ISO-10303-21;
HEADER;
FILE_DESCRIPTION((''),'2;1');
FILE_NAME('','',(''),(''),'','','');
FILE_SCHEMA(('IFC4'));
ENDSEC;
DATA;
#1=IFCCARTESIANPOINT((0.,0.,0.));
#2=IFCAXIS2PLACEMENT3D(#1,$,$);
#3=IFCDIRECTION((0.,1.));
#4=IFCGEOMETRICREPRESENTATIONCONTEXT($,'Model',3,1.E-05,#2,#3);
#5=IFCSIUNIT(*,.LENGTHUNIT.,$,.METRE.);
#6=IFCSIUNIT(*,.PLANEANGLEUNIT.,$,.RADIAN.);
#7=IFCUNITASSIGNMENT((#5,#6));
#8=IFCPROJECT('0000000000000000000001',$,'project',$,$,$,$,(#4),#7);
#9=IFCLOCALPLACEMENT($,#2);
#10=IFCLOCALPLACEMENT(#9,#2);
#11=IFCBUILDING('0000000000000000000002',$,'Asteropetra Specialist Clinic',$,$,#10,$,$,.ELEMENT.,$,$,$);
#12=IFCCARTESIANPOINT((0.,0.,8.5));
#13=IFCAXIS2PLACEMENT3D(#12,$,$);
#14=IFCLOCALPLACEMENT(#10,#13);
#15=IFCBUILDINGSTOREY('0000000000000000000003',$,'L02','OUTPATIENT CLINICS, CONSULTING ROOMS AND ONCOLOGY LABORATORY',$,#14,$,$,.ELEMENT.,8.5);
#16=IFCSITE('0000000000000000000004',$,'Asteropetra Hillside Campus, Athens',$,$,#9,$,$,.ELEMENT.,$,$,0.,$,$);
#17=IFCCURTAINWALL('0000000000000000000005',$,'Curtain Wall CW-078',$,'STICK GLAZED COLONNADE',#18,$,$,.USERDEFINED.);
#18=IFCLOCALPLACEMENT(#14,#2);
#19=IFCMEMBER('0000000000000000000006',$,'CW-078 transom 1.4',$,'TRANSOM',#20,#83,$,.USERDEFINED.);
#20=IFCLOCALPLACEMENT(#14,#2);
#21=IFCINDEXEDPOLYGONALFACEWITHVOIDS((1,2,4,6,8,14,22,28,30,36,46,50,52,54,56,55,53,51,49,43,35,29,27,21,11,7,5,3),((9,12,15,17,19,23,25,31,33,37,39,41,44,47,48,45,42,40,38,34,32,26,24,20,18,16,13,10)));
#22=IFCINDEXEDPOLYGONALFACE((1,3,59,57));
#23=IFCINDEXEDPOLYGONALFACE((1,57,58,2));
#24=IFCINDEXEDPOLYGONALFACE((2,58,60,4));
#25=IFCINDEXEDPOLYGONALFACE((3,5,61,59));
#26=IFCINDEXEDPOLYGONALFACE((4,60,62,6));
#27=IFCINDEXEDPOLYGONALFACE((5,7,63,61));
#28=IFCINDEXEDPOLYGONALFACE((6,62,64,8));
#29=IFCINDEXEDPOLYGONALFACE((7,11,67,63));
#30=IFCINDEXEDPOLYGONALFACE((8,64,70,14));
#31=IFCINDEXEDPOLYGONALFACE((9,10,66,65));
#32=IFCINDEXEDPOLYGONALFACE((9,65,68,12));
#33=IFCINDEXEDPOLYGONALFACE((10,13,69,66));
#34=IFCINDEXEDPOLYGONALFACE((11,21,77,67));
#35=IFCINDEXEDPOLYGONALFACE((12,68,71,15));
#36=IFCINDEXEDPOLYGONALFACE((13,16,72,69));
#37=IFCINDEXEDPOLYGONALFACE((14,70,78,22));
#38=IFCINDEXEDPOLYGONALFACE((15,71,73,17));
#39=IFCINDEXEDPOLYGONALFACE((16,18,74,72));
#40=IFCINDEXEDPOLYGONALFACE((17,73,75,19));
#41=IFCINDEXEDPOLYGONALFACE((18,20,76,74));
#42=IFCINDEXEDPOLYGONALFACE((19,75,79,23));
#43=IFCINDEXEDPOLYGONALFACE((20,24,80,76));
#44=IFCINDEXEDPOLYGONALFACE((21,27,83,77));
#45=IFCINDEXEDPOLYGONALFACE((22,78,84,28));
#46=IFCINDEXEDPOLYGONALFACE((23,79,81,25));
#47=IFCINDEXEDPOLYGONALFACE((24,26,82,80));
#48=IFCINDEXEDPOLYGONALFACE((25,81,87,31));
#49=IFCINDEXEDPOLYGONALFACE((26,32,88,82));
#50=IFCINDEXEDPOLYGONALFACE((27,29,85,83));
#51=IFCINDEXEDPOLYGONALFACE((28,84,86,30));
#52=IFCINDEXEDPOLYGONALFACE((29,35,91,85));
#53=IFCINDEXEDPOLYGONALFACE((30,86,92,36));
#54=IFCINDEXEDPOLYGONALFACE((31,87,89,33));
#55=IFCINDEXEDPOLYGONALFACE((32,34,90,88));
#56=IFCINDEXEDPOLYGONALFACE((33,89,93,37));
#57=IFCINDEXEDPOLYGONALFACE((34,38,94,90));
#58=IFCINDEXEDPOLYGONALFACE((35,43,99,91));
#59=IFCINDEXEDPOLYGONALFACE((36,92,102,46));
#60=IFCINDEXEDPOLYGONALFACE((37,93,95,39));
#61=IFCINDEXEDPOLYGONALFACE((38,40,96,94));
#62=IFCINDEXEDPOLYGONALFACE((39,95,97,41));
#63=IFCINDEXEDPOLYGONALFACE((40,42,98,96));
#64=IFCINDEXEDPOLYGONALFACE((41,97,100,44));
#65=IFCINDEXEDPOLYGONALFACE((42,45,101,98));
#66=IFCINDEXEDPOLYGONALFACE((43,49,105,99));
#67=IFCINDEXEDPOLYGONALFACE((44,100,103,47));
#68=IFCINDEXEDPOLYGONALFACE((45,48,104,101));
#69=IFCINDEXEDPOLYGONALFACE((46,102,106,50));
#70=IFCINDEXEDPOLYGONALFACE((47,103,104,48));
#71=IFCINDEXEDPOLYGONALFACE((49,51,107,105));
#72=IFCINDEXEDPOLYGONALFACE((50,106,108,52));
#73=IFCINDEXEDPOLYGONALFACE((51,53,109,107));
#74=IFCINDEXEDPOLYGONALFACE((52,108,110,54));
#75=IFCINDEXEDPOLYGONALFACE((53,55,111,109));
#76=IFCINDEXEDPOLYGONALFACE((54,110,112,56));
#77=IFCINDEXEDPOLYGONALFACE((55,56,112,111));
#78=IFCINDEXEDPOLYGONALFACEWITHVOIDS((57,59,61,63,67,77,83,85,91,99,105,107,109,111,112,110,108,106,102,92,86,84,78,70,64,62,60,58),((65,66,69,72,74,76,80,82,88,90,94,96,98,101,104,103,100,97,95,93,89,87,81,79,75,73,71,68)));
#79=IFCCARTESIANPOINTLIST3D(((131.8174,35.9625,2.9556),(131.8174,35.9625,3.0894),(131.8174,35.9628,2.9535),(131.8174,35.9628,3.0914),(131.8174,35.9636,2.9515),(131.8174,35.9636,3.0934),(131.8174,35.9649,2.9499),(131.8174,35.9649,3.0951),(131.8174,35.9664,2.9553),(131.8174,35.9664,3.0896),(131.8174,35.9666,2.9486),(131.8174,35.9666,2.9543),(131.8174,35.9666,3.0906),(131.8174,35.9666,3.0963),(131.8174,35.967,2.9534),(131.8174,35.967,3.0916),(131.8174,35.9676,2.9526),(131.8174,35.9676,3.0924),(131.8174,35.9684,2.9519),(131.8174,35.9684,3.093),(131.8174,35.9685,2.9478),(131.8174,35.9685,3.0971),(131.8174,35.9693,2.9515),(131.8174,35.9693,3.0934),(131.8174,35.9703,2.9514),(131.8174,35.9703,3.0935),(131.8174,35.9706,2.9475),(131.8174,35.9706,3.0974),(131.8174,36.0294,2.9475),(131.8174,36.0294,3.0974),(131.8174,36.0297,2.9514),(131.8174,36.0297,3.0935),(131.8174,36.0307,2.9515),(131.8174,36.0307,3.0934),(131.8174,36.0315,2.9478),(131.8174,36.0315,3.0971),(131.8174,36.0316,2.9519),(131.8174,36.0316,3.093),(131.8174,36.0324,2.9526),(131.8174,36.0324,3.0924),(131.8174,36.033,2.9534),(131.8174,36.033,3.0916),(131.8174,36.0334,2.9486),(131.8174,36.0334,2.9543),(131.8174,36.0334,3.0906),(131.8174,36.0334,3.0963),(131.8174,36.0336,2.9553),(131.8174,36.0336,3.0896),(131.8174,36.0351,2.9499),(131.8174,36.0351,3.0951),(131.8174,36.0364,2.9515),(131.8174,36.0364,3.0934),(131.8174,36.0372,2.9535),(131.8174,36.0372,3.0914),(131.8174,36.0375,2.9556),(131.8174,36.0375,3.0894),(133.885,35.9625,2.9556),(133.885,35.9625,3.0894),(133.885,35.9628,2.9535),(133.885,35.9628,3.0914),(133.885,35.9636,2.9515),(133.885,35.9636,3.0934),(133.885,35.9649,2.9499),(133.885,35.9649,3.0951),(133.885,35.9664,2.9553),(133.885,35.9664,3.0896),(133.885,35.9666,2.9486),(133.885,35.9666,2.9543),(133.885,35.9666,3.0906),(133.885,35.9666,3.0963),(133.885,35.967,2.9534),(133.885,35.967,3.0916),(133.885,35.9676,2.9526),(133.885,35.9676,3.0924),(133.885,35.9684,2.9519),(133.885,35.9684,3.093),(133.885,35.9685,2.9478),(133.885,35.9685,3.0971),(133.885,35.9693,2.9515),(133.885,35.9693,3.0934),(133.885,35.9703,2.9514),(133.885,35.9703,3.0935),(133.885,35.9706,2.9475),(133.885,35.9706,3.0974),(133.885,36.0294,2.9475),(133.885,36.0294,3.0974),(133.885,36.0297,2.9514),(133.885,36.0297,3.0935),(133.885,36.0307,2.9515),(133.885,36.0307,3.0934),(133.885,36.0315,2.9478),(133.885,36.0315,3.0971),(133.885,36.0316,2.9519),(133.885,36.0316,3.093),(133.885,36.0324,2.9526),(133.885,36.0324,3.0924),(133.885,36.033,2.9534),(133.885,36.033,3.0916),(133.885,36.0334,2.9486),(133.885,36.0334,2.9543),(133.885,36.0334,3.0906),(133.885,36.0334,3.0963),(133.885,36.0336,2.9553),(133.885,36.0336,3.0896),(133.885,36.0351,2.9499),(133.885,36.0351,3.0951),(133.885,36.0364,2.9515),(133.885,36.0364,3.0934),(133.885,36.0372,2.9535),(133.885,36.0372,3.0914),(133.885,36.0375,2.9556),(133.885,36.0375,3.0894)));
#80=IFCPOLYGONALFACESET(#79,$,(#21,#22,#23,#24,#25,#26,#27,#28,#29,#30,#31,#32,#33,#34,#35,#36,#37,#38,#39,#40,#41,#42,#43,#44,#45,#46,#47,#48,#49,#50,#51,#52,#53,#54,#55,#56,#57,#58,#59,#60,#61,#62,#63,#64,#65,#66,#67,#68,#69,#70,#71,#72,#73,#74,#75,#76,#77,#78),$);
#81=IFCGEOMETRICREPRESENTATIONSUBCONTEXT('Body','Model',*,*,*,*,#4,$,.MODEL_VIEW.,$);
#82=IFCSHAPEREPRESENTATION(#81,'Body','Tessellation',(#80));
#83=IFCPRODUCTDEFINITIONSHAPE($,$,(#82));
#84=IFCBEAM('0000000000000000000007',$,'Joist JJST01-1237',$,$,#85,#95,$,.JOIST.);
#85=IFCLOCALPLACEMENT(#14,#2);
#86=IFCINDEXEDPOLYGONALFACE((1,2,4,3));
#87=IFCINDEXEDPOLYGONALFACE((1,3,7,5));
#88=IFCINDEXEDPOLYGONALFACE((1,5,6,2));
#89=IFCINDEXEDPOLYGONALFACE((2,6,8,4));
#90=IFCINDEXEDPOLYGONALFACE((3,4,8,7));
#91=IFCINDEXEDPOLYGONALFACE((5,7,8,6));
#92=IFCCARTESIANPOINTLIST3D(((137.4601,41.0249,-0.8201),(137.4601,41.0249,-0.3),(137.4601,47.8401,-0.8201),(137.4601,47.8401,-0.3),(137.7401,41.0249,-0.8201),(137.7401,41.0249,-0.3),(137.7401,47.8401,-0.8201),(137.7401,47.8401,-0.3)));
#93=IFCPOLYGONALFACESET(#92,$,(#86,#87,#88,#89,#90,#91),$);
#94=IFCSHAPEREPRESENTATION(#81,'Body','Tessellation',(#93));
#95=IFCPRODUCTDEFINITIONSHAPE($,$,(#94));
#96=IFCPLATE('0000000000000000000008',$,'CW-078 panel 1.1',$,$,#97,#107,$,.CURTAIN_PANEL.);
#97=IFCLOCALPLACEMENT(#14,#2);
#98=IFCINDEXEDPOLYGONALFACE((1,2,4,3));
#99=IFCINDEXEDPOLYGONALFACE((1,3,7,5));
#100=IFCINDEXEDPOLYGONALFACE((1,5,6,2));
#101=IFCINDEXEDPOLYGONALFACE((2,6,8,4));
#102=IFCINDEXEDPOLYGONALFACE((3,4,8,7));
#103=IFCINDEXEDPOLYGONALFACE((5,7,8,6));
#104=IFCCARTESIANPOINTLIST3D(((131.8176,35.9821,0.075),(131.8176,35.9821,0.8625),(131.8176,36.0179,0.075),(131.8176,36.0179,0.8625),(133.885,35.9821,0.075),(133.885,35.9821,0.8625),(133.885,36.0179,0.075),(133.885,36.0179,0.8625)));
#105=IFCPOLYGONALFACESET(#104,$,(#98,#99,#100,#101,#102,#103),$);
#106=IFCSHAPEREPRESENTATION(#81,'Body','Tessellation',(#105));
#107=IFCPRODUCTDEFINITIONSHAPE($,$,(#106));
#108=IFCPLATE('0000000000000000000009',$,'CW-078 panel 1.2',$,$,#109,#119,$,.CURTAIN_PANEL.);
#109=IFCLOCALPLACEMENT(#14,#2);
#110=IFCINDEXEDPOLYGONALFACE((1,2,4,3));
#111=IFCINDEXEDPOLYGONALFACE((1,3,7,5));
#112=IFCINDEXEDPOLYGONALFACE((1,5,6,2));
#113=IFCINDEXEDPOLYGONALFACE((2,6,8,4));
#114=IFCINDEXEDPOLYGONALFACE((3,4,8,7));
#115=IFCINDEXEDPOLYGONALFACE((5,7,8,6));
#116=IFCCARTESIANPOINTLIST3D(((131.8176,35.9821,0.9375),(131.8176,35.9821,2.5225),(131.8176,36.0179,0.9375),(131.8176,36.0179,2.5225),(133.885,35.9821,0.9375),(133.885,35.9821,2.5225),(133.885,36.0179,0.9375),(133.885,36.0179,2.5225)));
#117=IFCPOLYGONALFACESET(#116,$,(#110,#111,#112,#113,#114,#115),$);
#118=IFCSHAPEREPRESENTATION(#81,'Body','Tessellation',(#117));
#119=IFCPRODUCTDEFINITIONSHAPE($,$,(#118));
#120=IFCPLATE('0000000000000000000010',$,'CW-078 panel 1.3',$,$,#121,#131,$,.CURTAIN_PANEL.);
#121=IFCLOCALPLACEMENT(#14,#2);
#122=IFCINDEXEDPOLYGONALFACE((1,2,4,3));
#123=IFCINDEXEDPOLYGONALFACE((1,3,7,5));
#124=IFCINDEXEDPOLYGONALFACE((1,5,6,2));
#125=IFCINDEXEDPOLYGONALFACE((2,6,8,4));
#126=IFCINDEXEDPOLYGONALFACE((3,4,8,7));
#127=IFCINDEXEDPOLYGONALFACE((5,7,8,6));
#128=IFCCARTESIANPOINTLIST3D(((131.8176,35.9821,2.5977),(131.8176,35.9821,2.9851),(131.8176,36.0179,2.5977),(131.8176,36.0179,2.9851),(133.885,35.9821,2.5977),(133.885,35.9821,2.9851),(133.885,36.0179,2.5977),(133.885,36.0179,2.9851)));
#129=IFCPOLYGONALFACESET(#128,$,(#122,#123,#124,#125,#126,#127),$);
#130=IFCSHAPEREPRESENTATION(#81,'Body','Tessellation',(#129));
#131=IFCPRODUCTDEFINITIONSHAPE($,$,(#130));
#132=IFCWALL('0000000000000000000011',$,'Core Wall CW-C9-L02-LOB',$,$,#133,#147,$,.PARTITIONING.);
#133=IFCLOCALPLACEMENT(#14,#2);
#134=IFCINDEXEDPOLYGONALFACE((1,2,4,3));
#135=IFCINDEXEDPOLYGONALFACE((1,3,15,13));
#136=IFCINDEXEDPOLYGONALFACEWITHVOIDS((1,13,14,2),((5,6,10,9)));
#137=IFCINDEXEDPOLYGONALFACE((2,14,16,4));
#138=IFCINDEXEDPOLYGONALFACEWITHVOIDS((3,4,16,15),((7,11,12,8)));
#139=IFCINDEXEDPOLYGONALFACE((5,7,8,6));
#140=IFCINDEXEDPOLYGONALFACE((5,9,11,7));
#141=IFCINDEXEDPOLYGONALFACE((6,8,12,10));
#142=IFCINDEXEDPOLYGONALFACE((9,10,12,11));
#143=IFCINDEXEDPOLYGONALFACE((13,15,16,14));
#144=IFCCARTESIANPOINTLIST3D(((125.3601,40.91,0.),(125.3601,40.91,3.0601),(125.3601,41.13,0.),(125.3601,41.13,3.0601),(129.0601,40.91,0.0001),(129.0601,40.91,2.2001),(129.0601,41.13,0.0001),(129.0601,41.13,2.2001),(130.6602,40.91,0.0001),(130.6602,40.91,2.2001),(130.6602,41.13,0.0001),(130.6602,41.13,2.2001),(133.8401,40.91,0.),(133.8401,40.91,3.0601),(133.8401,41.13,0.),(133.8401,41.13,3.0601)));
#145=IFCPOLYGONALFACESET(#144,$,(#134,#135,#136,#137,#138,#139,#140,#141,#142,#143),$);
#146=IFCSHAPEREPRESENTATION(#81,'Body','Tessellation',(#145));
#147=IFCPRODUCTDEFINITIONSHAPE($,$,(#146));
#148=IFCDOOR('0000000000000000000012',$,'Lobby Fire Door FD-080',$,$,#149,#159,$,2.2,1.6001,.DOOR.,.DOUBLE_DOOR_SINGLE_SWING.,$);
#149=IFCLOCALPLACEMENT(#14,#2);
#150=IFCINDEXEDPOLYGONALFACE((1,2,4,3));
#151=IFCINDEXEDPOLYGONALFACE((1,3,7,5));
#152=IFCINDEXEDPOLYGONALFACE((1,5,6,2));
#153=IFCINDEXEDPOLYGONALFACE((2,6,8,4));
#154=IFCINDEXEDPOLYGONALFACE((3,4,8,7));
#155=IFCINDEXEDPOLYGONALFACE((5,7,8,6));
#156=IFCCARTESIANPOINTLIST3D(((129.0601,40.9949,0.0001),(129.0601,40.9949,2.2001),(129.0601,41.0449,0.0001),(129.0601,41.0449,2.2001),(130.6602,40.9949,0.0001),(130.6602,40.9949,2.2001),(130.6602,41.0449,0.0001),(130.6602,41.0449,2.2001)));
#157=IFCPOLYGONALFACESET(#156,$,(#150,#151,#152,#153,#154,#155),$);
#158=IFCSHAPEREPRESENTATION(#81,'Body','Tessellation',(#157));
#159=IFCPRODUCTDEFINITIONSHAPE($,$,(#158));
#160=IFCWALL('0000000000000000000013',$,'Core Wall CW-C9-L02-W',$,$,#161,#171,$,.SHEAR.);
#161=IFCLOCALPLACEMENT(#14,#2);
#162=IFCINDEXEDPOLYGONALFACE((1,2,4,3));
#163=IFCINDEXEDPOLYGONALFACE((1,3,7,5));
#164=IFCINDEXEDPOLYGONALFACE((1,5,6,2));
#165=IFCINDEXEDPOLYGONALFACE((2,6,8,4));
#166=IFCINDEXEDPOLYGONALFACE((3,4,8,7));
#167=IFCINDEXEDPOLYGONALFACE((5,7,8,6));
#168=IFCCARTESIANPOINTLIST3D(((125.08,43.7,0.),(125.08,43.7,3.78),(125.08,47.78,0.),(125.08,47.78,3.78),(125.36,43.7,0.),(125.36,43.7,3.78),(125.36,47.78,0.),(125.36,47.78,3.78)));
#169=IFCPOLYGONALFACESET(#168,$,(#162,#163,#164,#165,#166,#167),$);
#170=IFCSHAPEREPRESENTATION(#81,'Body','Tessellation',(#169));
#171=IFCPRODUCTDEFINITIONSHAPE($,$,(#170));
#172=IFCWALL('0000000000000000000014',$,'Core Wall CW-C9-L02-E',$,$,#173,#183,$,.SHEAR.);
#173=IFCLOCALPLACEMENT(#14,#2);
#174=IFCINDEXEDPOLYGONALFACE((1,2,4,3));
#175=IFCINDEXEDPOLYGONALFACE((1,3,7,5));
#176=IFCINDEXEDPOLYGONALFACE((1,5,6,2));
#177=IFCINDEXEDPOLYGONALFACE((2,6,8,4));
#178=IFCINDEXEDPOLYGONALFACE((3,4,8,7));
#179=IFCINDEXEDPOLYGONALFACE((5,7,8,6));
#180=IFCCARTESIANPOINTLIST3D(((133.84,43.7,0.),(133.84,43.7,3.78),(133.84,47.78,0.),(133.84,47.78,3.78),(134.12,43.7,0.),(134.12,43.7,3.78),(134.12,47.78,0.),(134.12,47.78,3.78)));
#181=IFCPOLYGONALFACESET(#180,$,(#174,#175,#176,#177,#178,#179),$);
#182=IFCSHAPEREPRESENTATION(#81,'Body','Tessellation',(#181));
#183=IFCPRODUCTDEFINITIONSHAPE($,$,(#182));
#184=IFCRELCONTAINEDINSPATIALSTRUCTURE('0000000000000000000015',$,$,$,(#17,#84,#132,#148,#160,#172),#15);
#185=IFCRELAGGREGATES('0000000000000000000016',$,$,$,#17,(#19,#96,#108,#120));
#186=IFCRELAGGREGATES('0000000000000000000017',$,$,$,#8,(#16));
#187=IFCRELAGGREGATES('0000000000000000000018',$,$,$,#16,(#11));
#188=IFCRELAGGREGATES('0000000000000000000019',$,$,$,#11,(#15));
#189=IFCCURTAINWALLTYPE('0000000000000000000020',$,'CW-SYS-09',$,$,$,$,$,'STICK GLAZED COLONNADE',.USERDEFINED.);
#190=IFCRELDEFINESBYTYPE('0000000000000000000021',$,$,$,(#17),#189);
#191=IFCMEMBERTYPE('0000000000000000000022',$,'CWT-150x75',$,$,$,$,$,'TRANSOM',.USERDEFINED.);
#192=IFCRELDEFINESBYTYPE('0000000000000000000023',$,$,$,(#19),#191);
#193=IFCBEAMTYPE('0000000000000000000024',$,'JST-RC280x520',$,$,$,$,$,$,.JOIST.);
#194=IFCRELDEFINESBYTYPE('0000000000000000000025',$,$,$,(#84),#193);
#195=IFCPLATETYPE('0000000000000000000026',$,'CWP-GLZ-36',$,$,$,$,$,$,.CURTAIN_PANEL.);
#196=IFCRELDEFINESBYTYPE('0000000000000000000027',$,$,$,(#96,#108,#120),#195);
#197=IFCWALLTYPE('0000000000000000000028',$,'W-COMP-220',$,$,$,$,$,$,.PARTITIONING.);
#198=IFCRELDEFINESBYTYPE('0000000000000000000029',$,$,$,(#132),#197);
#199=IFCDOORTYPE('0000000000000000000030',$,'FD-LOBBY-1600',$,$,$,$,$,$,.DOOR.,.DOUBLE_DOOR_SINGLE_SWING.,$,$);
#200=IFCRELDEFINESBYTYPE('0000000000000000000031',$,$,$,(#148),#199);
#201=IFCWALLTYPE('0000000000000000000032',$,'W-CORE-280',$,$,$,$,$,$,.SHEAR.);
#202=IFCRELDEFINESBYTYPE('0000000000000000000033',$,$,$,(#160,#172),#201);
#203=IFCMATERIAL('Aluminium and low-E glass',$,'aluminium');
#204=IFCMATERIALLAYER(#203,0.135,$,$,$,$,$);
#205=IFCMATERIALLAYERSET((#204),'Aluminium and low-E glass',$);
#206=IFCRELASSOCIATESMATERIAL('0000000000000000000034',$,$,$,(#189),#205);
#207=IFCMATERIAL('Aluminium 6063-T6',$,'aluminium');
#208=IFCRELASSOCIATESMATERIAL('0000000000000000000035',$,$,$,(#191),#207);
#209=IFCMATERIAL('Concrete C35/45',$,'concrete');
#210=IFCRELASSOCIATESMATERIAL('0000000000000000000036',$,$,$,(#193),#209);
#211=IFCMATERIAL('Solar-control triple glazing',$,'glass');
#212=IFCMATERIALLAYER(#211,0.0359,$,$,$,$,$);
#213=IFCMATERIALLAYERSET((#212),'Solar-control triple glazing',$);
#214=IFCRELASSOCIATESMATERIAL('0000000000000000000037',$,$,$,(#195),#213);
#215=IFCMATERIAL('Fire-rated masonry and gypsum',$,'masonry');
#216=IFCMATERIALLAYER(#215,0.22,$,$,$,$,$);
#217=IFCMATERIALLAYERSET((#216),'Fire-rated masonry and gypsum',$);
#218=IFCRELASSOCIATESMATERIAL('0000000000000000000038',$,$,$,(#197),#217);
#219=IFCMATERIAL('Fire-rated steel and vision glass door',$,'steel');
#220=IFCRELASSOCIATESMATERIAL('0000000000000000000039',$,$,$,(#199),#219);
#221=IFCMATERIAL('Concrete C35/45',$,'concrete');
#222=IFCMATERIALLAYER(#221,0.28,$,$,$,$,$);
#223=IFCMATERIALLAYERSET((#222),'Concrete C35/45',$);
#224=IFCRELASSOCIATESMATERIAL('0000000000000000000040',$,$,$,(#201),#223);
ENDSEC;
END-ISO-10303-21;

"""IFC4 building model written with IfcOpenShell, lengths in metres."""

from ifc_helpers import new_model, si_unit, direction, frame, frame_2d, origin, origin_2d, place, context, subcontext, project, spatial, rectangle, hollow_rectangle, extrude, material, layer, layer_set, material_profile, profile_set, type_object, element, fill, aggregate, save


model = new_model("IFC4")

# Units and contexts
model_context = context("Model", 3, precision=1e-05, world=origin(), true_north=direction((0.0, 1.0)))
body_context = subcontext(model_context, "Body", "Model", "MODEL_VIEW")
ifc_project = project(units=[si_unit("LENGTHUNIT", "METRE"), si_unit("PLANEANGLEUNIT", "RADIAN")], contexts=[model_context])

# Site, building, storey
site_placement = place(None, origin())
site = spatial("IfcSite", under=ifc_project, at=site_placement, Name="Asteropetra Hillside Campus, Athens", CompositionType="ELEMENT", RefElevation=0.0)
building_placement = place(site_placement, origin())
building = spatial("IfcBuilding", under=site, at=building_placement, Name="Asteropetra Specialist Clinic", CompositionType="ELEMENT")
storey_placement = place(building_placement, frame((0.0, 0.0, 8.5)))
storey = spatial("IfcBuildingStorey", under=building, at=storey_placement, Name="L02", Description="OUTPATIENT CLINICS, CONSULTING ROOMS AND ONCOLOGY LABORATORY", CompositionType="ELEMENT", Elevation=8.5)

# Curtain wall, member
ifc_material_1 = material(Name="Aluminium and low-E glass", Category="aluminium")
ifc_layer_1 = layer(ifc_material_1, 0.135)
ifc_layer_set_1 = layer_set([ifc_layer_1], Name="Aluminium and low-E glass")
curtain_wall_type = type_object("IfcCurtainWallType", Name="CW-SYS-09", ElementType="STICK GLAZED COLONNADE", PredefinedType="USERDEFINED", material=ifc_layer_set_1)
curtain_wall_placement = place(storey_placement, origin())
curtain_wall = element("IfcCurtainWall", 1, at=curtain_wall_placement, inside=storey, type_object=curtain_wall_type, Name="Curtain Wall CW-078", ObjectType="STICK GLAZED COLONNADE", PredefinedType="USERDEFINED")
ifc_material_2 = material(Name="Aluminium 6063-T6", Category="aluminium")
ifc_material_profile_1 = material_profile(ifc_material_2, hollow_rectangle(XDim=0.075, YDim=0.1499, WallThickness=0.0039, InnerFilletRadius=0.0039, OuterFilletRadius=0.0081, at=origin_2d()), Name="TRN 150x75x4.0")
ifc_profile_set_1 = profile_set([ifc_material_profile_1], Name="Aluminium 6063-T6")
member_type_1 = type_object("IfcMemberType", Name="CWT-150x75", ElementType="TRANSOM", PredefinedType="USERDEFINED", material=ifc_profile_set_1)
member_1_placement = place(storey_placement, frame((133.885, 36.0, 3.0225), z_axis=(-1.0, 0.0, 0.0), x_axis=(0.0, -1.0, 0.0)))
member_1 = element("IfcMember", 2, at=member_1_placement, type_object=member_type_1, Name="CW-078 transom 1.4", ObjectType="TRANSOM", PredefinedType="USERDEFINED", context=body_context, shape_type="SweptSolid", body=[
    extrude(hollow_rectangle(XDim=0.075, YDim=0.1499, WallThickness=0.0039, InnerFilletRadius=0.0039, OuterFilletRadius=0.0081, at=origin_2d()), origin(), (0.0, 0.0, 1.0), 2.0676),
])

# Beam
ifc_material_3 = material(Name="Concrete C35/45", Category="concrete")
ifc_material_profile_2 = material_profile(ifc_material_3, rectangle(XDim=0.28, YDim=0.52, at=origin_2d()), Name="RCJ 280x520")
ifc_profile_set_2 = profile_set([ifc_material_profile_2], Name="Concrete C35/45")
beam_type_1 = type_object("IfcBeamType", Name="JST-RC280x520", PredefinedType="JOIST", material=ifc_profile_set_2)
beam_1_placement = place(storey_placement, frame((137.6001, 41.0249, -0.5601), z_axis=(0.0, 1.0, 0.0), x_axis=(-1.0, 0.0, 0.0)))
element("IfcBeam", 3, at=beam_1_placement, inside=storey, type_object=beam_type_1, Name="Joist JJST01-1237", PredefinedType="JOIST", context=body_context, shape_type="SweptSolid", body=[
    extrude(rectangle(XDim=0.28, YDim=0.52, at=origin_2d()), origin(), (0.0, 0.0, 1.0), 6.8152),
])

# Plates
ifc_material_4 = material(Name="Solar-control triple glazing", Category="glass")
ifc_layer_2 = layer(ifc_material_4, 0.0359)
ifc_layer_set_2 = layer_set([ifc_layer_2], Name="Solar-control triple glazing")
plate_type = type_object("IfcPlateType", Name="CWP-GLZ-36", PredefinedType="CURTAIN_PANEL", material=ifc_layer_set_2)
plate_1_placement = place(storey_placement, frame((132.8513, 36.0, 0.075), z_axis=(0.0, 0.0, 1.0), x_axis=(-1.0, 0.0, 0.0)))
plate_1 = element("IfcPlate", 4, at=plate_1_placement, type_object=plate_type, Name="CW-078 panel 1.1", PredefinedType="CURTAIN_PANEL", context=body_context, shape_type="SweptSolid", body=[
    extrude(rectangle(XDim=2.0674, YDim=0.0359, at=origin_2d()), origin(), (0.0, 0.0, 1.0), 0.7876),
])
plate_2_placement = place(storey_placement, frame((132.8513, 36.0, 0.9375), z_axis=(0.0, 0.0, 1.0), x_axis=(-1.0, 0.0, 0.0)))
plate_2 = element("IfcPlate", 5, at=plate_2_placement, type_object=plate_type, Name="CW-078 panel 1.2", PredefinedType="CURTAIN_PANEL", context=body_context, shape_type="SweptSolid", body=[
    extrude(rectangle(XDim=2.0674, YDim=0.0359, at=origin_2d()), origin(), (0.0, 0.0, 1.0), 1.585),
])
plate_3_placement = place(storey_placement, frame((132.8513, 36.0, 2.5977), z_axis=(0.0, 0.0, 1.0), x_axis=(-1.0, 0.0, 0.0)))
plate_3 = element("IfcPlate", 6, at=plate_3_placement, type_object=plate_type, Name="CW-078 panel 1.3", PredefinedType="CURTAIN_PANEL", context=body_context, shape_type="SweptSolid", body=[
    extrude(rectangle(XDim=2.0674, YDim=0.0359, at=origin_2d()), origin(), (0.0, 0.0, 1.0), 0.3875),
])
aggregate(curtain_wall, [member_1, plate_1, plate_2, plate_3])

# Wall, opening, door
ifc_material_5 = material(Name="Fire-rated masonry and gypsum", Category="masonry")
ifc_layer_3 = layer(ifc_material_5, 0.22)
ifc_layer_set_3 = layer_set([ifc_layer_3], Name="Fire-rated masonry and gypsum")
wall_type_1 = type_object("IfcWallType", Name="W-COMP-220", PredefinedType="PARTITIONING", material=ifc_layer_set_3)
wall_1_placement = place(storey_placement, frame((125.3601, 41.02, 0.0), z_axis=(0.0, 0.0, 1.0), x_axis=(1.0, 0.0, 0.0)))
wall_1 = element("IfcWall", 7, at=wall_1_placement, inside=storey, type_object=wall_type_1, Name="Core Wall CW-C9-L02-LOB", PredefinedType="PARTITIONING", context=body_context, shape_type="SweptSolid", body=[
    extrude(rectangle(XDim=8.48, YDim=0.22, at=frame_2d((4.24, 0.0))), origin(), (0.0, 0.0, 1.0), 3.0601),
])
opening_1_placement = place(wall_1_placement, frame((3.7, 0.0, 0.0)))
opening_1 = element("IfcOpeningElement", 8, at=opening_1_placement, cuts=wall_1, PredefinedType="OPENING", context=body_context, shape_type="SweptSolid", body=[
    extrude(rectangle(XDim=1.6001, YDim=2.2, at=frame_2d((0.8, 1.1001))), frame((0.0, 0.1199, 0.0), z_axis=(0.0, -1.0, 0.0), x_axis=(1.0, 0.0, 0.0)), (0.0, 0.0, 1.0), 0.24),
])
ifc_material_6 = material(Name="Fire-rated steel and vision glass door", Category="steel")
door_type_1 = type_object("IfcDoorType", Name="FD-LOBBY-1600", OperationType="DOUBLE_DOOR_SINGLE_SWING", PredefinedType="DOOR", material=ifc_material_6)
door_1_placement = place(opening_1_placement, origin())
door_1 = element("IfcDoor", 9, at=door_1_placement, inside=storey, type_object=door_type_1, Name="Lobby Fire Door FD-080", OperationType="DOUBLE_DOOR_SINGLE_SWING", OverallHeight=2.2, OverallWidth=1.6001, PredefinedType="DOOR", context=body_context, shape_type="SweptSolid", body=[
    extrude(rectangle(XDim=1.6001, YDim=2.2, at=frame_2d((0.8, 1.1001))), frame((0.0, 0.0249, 0.0), z_axis=(0.0, -1.0, 0.0), x_axis=(1.0, 0.0, 0.0)), (0.0, 0.0, 1.0), 0.05),
])
fill(opening_1, door_1)

# Walls
ifc_material_7 = material(Name="Concrete C35/45", Category="concrete")
ifc_layer_4 = layer(ifc_material_7, 0.28)
ifc_layer_set_4 = layer_set([ifc_layer_4], Name="Concrete C35/45")
wall_type_2 = type_object("IfcWallType", Name="W-CORE-280", PredefinedType="SHEAR", material=ifc_layer_set_4)
for number, where, z_axis, x_axis, name in (
    (10, (125.22, 43.7, 0.0), (0.0, 0.0, 1.0), (0.0, 1.0, 0.0), "Core Wall CW-C9-L02-W"),
    (11, (133.98, 43.7, 0.0), (0.0, 0.0, 1.0), (0.0, 1.0, 0.0), "Core Wall CW-C9-L02-E"),
):
    element("IfcWall", number, at=place(storey_placement, frame(where, z_axis=z_axis, x_axis=x_axis)), inside=storey, type_object=wall_type_2, Name=name, PredefinedType="SHEAR", context=body_context, shape_type="SweptSolid", body=[
        extrude(rectangle(XDim=4.0801, YDim=0.28, at=frame_2d((2.04, 0.0))), origin(), (0.0, 0.0, 1.0), 3.78),
    ])

save(model, "model.ifc")
